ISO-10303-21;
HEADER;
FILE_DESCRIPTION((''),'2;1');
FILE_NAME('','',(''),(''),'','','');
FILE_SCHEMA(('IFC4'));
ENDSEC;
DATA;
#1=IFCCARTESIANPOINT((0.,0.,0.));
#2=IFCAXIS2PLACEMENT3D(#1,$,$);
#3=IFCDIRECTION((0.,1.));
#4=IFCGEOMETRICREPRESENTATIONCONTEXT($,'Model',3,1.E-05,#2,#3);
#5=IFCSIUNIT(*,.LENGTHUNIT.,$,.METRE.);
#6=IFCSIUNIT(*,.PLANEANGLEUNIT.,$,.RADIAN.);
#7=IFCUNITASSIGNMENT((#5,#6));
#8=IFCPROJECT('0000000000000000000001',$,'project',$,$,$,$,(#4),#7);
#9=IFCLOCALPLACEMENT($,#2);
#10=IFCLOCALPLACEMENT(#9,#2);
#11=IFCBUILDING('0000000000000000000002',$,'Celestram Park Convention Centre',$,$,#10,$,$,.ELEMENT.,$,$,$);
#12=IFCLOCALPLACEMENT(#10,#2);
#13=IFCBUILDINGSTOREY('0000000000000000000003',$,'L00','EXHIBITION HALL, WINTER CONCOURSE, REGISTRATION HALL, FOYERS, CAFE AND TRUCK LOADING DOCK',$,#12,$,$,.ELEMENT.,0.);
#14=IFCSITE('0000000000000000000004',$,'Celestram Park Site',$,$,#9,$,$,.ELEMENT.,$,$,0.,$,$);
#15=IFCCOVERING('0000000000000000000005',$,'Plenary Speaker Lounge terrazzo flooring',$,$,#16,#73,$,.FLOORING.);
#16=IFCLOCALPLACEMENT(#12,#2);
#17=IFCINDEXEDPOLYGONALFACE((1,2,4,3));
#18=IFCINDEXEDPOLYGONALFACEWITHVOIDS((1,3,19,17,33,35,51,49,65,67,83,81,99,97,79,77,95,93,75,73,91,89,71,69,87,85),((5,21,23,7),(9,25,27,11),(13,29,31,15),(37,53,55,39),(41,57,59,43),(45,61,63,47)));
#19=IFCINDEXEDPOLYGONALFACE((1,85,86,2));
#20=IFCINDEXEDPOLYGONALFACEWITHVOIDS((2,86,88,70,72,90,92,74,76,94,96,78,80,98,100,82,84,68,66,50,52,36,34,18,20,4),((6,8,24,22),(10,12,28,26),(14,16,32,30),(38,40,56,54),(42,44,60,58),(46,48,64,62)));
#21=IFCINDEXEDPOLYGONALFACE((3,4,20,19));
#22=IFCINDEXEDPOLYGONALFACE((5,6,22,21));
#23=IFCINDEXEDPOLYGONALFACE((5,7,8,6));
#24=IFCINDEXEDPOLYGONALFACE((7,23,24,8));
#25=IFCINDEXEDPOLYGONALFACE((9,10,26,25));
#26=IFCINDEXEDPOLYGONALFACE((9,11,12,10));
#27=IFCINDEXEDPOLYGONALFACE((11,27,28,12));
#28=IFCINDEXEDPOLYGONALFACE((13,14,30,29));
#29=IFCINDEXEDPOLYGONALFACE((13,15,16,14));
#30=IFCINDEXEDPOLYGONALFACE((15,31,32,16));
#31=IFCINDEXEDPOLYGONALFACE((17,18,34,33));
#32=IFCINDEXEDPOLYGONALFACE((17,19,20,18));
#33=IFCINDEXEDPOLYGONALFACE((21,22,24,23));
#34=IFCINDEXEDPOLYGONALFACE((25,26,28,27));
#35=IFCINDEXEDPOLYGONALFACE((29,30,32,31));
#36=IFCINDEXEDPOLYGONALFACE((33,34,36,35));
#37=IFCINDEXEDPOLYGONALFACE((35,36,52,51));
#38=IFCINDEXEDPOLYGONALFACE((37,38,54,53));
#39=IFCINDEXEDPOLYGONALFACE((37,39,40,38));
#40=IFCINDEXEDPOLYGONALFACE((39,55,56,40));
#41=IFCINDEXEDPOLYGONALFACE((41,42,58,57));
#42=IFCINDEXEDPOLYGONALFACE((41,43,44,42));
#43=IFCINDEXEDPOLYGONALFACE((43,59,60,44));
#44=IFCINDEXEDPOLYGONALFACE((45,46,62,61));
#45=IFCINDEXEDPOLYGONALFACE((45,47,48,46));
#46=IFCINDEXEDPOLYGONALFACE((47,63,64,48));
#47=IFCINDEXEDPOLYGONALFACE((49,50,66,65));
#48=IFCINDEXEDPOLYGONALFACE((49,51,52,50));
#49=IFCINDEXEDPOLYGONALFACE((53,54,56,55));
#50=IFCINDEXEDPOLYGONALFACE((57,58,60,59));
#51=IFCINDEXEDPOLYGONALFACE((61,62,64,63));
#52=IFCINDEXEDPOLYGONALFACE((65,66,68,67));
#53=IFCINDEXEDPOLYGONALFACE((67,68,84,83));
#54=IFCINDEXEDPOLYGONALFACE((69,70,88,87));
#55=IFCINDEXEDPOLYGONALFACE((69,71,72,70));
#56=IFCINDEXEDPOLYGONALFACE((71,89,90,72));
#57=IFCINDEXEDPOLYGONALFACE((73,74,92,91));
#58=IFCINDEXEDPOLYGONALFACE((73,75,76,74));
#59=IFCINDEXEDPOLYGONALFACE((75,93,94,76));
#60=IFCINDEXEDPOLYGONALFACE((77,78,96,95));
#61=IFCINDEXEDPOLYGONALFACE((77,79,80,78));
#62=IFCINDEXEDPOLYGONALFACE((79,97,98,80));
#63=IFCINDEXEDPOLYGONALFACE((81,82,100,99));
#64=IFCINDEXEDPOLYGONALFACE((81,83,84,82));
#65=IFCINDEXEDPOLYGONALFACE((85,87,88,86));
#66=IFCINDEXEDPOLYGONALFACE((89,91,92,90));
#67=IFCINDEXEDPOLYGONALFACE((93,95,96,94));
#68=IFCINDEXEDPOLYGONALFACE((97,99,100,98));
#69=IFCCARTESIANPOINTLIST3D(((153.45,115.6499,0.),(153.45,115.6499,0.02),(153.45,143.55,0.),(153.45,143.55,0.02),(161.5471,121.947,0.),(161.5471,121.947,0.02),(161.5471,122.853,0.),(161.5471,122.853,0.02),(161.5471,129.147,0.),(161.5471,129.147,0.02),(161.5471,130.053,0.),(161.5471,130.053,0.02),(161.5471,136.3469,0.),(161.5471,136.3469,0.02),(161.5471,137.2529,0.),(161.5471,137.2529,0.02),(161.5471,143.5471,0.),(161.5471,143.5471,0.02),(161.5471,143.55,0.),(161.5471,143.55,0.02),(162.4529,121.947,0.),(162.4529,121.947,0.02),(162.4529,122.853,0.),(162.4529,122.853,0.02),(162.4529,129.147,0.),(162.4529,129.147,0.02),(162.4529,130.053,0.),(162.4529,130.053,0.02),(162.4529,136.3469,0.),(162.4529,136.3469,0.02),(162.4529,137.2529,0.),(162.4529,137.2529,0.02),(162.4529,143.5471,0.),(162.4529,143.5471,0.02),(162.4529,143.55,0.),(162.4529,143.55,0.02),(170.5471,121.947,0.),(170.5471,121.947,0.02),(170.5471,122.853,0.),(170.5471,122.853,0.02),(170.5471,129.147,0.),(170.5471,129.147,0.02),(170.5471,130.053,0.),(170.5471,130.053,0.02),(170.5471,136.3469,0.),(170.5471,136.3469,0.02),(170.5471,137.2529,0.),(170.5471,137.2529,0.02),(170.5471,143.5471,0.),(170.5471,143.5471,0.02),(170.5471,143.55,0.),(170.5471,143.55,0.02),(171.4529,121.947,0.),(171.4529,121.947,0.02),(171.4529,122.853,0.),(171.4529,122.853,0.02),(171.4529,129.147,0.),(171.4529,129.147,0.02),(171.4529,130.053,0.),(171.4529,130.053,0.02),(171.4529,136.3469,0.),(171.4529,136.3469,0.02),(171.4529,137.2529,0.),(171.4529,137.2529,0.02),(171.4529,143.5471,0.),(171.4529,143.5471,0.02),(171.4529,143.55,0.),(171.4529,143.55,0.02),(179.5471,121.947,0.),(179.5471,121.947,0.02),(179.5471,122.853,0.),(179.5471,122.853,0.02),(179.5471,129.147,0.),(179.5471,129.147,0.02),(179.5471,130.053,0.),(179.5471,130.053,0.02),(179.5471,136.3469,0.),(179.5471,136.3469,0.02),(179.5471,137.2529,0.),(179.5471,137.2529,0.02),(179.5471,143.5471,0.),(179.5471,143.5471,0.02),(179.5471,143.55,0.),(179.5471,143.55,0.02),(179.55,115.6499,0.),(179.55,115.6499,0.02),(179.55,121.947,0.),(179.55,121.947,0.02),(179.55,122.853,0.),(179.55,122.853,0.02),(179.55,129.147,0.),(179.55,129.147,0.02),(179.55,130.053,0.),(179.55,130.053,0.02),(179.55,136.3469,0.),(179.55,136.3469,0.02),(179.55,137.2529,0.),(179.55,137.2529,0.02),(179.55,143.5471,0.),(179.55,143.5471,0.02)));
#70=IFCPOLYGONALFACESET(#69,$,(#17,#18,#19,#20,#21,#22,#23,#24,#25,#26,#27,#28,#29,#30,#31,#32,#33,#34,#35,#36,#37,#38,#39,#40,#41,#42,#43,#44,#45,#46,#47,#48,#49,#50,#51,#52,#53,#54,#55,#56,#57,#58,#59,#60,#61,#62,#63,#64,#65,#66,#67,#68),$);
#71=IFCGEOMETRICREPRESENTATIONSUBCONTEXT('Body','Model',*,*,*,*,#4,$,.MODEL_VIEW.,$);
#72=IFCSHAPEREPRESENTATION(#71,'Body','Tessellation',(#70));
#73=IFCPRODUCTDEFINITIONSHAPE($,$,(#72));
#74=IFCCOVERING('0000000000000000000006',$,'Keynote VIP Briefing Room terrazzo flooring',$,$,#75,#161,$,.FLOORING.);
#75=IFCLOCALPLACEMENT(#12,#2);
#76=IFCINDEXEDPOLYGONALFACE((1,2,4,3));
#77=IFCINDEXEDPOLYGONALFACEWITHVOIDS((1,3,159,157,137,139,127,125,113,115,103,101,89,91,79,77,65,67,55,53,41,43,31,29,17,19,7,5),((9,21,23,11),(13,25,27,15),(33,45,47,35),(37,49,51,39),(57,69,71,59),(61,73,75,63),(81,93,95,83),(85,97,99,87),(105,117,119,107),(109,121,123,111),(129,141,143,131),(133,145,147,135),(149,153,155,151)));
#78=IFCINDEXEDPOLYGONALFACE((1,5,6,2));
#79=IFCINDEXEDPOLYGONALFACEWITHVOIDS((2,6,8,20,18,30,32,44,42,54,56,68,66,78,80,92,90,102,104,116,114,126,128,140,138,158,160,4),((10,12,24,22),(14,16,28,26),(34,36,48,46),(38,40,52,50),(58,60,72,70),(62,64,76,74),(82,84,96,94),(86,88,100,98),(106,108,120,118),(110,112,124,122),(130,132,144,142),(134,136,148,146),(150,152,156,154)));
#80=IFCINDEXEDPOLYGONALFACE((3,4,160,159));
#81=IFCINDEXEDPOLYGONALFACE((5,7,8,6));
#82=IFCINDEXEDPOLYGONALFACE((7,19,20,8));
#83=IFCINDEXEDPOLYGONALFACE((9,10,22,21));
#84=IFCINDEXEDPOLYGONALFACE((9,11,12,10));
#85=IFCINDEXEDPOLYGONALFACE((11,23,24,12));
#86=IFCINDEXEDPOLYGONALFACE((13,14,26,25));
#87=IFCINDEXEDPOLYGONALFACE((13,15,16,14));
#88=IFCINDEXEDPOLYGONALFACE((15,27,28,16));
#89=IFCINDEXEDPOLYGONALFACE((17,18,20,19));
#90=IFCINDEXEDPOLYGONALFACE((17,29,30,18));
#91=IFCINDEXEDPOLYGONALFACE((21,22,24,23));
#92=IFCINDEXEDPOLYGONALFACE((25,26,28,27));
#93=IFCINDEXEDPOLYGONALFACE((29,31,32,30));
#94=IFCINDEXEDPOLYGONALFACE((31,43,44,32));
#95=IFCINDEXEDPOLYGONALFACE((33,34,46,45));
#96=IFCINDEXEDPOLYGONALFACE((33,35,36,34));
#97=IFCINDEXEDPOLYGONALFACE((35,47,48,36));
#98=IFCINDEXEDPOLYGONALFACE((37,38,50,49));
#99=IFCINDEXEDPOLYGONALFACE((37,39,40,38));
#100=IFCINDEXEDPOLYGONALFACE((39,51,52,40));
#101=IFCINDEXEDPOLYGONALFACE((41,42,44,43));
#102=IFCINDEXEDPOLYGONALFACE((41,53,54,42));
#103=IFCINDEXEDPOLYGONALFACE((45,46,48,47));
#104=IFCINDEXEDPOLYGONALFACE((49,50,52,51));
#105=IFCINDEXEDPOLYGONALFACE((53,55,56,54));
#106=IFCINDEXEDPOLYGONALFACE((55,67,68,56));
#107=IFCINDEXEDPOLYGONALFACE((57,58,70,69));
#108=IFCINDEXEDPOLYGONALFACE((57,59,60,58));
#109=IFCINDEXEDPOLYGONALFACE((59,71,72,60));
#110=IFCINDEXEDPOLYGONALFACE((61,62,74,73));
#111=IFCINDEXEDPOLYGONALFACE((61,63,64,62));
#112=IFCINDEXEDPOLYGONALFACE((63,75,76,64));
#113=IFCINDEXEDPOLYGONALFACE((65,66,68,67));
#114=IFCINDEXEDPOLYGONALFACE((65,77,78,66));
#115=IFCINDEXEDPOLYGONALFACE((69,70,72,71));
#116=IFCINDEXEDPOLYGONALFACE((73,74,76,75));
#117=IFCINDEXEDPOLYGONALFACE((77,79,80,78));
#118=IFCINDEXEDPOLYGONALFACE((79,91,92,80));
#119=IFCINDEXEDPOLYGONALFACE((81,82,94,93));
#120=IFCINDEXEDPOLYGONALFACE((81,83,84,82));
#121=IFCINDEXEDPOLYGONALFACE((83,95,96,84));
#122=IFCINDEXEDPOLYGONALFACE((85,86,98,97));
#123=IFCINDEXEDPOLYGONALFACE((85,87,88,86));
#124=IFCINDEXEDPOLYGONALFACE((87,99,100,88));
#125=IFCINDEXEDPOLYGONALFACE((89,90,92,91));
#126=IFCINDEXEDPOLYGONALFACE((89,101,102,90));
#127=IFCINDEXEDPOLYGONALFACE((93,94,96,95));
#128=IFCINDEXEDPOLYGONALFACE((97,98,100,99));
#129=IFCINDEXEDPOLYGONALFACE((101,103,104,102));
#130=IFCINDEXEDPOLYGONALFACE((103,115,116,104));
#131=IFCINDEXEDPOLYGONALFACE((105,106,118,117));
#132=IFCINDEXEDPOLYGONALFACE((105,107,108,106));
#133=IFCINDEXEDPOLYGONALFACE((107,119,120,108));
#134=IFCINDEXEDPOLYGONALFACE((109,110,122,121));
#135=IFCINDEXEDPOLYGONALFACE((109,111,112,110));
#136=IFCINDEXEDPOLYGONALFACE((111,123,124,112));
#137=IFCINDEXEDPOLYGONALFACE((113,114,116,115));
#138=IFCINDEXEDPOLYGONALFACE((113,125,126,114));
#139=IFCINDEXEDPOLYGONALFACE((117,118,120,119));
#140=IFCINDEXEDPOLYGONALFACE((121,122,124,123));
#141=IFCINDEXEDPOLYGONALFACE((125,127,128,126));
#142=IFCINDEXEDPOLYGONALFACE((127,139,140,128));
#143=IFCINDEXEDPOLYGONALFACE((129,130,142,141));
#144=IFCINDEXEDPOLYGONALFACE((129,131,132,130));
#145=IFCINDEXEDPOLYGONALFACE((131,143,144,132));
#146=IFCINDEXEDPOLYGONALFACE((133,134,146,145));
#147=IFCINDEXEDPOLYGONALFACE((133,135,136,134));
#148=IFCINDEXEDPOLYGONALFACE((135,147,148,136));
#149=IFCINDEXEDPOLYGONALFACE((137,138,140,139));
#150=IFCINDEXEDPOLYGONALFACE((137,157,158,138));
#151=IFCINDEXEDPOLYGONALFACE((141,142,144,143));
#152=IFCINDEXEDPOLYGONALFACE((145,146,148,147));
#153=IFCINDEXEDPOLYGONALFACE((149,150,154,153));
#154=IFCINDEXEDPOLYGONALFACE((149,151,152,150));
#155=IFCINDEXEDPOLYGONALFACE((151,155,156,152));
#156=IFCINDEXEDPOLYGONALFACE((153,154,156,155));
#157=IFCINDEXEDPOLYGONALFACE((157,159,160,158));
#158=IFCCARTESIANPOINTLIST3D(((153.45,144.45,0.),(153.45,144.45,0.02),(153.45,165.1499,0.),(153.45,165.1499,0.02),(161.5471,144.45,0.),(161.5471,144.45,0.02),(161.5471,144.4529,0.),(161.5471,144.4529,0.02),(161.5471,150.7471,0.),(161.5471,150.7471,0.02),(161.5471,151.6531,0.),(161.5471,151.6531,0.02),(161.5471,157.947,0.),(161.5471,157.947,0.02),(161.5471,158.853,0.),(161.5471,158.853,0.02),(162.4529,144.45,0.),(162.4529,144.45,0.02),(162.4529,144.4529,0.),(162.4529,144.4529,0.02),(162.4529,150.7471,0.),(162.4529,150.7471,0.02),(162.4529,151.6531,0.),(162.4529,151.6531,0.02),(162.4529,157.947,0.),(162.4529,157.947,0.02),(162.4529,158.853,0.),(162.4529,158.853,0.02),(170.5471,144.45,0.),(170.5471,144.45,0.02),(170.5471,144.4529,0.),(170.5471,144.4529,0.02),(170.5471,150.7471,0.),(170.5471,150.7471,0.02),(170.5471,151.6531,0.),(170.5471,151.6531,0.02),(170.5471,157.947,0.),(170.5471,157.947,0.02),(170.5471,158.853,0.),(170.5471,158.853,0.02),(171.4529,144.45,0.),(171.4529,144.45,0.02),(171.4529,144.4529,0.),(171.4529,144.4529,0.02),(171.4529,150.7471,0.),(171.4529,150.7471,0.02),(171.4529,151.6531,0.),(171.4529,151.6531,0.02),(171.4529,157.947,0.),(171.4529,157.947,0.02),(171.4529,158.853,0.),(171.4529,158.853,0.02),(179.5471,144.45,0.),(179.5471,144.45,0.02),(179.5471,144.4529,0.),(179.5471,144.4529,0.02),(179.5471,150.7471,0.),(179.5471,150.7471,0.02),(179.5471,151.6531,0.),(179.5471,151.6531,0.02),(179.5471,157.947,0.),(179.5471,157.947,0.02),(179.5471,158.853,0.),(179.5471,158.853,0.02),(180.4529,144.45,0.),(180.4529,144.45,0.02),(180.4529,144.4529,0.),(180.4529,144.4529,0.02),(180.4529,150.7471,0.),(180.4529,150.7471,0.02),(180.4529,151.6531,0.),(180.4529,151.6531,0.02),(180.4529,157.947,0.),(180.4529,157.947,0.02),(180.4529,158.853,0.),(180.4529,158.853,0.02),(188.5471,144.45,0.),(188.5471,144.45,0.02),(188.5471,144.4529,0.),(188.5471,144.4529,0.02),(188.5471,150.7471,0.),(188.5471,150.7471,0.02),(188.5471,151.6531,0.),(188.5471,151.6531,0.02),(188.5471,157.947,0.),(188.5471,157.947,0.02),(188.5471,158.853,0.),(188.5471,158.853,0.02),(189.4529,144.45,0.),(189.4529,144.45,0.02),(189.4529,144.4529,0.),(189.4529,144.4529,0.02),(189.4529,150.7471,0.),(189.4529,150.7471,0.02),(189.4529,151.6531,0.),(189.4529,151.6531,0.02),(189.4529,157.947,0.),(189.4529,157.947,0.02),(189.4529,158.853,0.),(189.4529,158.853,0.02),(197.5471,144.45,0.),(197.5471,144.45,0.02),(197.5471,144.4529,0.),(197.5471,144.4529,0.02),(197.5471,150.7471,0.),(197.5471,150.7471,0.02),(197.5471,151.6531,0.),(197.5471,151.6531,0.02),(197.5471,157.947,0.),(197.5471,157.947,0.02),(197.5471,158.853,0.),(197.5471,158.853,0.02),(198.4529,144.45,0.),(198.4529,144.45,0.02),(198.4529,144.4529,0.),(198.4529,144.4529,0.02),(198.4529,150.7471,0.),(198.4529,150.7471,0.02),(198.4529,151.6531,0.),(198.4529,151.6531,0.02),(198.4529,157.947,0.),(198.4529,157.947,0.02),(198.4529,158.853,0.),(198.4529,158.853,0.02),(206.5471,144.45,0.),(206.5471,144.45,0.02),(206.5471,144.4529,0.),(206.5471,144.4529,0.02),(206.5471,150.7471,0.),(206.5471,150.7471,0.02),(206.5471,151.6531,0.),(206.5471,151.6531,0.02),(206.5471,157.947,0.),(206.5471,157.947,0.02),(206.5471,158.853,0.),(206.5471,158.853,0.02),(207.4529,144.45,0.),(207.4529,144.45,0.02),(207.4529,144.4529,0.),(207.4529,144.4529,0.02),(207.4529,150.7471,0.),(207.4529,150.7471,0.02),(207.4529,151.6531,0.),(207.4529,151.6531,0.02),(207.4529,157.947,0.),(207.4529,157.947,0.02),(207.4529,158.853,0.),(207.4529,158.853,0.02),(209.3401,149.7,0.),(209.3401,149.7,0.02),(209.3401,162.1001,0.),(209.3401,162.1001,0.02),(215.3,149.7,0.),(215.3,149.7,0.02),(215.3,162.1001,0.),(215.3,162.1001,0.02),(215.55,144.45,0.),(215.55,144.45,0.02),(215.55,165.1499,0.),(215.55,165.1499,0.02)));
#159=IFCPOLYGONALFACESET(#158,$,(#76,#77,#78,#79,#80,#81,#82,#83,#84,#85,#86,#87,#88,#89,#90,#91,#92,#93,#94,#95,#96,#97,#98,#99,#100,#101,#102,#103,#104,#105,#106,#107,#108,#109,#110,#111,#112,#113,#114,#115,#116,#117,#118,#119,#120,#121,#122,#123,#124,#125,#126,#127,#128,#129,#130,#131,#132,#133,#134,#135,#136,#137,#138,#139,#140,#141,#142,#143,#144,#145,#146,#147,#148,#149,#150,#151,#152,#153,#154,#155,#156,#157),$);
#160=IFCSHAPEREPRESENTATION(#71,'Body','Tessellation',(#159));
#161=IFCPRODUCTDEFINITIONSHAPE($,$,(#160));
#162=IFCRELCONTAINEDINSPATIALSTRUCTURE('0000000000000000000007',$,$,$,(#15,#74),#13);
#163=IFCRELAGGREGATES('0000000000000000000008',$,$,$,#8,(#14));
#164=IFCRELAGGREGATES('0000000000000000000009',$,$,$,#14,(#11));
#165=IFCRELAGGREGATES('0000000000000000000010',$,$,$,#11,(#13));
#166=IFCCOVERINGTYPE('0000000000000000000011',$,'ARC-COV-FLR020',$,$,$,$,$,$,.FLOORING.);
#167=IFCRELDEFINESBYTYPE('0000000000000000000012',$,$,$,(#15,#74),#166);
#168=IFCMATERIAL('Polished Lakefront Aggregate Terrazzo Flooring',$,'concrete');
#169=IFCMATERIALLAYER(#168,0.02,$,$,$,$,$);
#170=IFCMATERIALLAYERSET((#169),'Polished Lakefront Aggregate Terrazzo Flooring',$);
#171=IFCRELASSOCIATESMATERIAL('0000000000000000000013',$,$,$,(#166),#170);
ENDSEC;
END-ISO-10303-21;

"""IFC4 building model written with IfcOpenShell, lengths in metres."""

from ifc_helpers import new_model, si_unit, direction, origin, place, context, subcontext, project, spatial, polyline, outline, extrude, material, layer, layer_set, type_object, element, save


model = new_model("IFC4")

# Units and contexts
model_context = context("Model", 3, precision=1e-05, world=origin(), true_north=direction((0.0, 1.0)))
body_context = subcontext(model_context, "Body", "Model", "MODEL_VIEW")
ifc_project = project(units=[si_unit("LENGTHUNIT", "METRE"), si_unit("PLANEANGLEUNIT", "RADIAN")], contexts=[model_context])

# Site, building, storey
site_placement = place(None, origin())
site = spatial("IfcSite", under=ifc_project, at=site_placement, Name="Celestram Park Site", CompositionType="ELEMENT", RefElevation=0.0)
building_placement = place(site_placement, origin())
building = spatial("IfcBuilding", under=site, at=building_placement, Name="Celestram Park Convention Centre", CompositionType="ELEMENT")
storey_placement = place(building_placement, origin())
storey = spatial("IfcBuildingStorey", under=building, at=storey_placement, Name="L00", Description="EXHIBITION HALL, WINTER CONCOURSE, REGISTRATION HALL, FOYERS, CAFE AND TRUCK LOADING DOCK", CompositionType="ELEMENT", Elevation=0.0)

# Coverings
ifc_material_1 = material(Name="Polished Lakefront Aggregate Terrazzo Flooring", Category="concrete")
ifc_layer_1 = layer(ifc_material_1, 0.02)
ifc_layer_set_1 = layer_set([ifc_layer_1], Name="Polished Lakefront Aggregate Terrazzo Flooring")
covering_type = type_object("IfcCoveringType", Name="ARC-COV-FLR020", PredefinedType="FLOORING", material=ifc_layer_set_1)
covering_1_placement = place(storey_placement, origin())
element("IfcCovering", 1, at=covering_1_placement, inside=storey, type_object=covering_type, Name="Plenary Speaker Lounge terrazzo flooring", PredefinedType="FLOORING", context=body_context, shape_type="SweptSolid", body=[
    extrude(outline(polyline([(161.5471, 143.55), (161.5471, 143.5471), (162.4529, 143.5471), (162.4529, 143.55), (170.5471, 143.55), (170.5471, 143.5471), (171.4529, 143.5471), (171.4529, 143.55), (179.5471, 143.55), (179.5471, 143.5471), (179.55, 143.5471), (179.55, 137.2529), (179.5471, 137.2529), (179.5471, 136.3469), (179.55, 136.3469), (179.55, 130.053), (179.5471, 130.053), (179.5471, 129.147), (179.55, 129.147), (179.55, 122.853), (179.5471, 122.853), (179.5471, 121.947), (179.55, 121.947), (179.55, 115.6499), (153.45, 115.6499), (153.45, 143.55), (161.5471, 143.55)]), holes=[polyline([(171.4529, 122.853), (170.5471, 122.853), (170.5471, 121.947), (171.4529, 121.947), (171.4529, 122.853)]), polyline([(162.4529, 122.853), (161.5471, 122.853), (161.5471, 121.947), (162.4529, 121.947), (162.4529, 122.853)]), polyline([(171.4529, 130.053), (170.5471, 130.053), (170.5471, 129.147), (171.4529, 129.147), (171.4529, 130.053)]), polyline([(162.4529, 129.147), (162.4529, 130.053), (161.5471, 130.053), (161.5471, 129.147), (162.4529, 129.147)]), polyline([(171.4529, 137.2529), (170.5471, 137.2529), (170.5471, 136.3469), (171.4529, 136.3469), (171.4529, 137.2529)]), polyline([(162.4529, 137.2529), (161.5471, 137.2529), (161.5471, 136.3469), (162.4529, 136.3469), (162.4529, 137.2529)])]), origin(), (0.0, 0.0, 1.0), 0.02),
])
covering_2_placement = place(storey_placement, origin())
element("IfcCovering", 2, at=covering_2_placement, inside=storey, type_object=covering_type, Name="Keynote VIP Briefing Room terrazzo flooring", PredefinedType="FLOORING", context=body_context, shape_type="SweptSolid", body=[
    extrude(outline(polyline([(215.55, 165.1499), (215.55, 144.45), (207.4529, 144.45), (207.4529, 144.4529), (206.5471, 144.4529), (206.5471, 144.45), (198.4529, 144.45), (198.4529, 144.4529), (197.5471, 144.4529), (197.5471, 144.45), (189.4529, 144.45), (189.4529, 144.4529), (188.5471, 144.4529), (188.5471, 144.45), (180.4529, 144.45), (180.4529, 144.4529), (179.5471, 144.4529), (179.5471, 144.45), (171.4529, 144.45), (171.4529, 144.4529), (170.5471, 144.4529), (170.5471, 144.45), (162.4529, 144.45), (162.4529, 144.4529), (161.5471, 144.4529), (161.5471, 144.45), (153.45, 144.45), (153.45, 165.1499), (215.55, 165.1499)]), holes=[polyline([(215.3, 162.1001), (209.3401, 162.1001), (209.3401, 149.7), (215.3, 149.7), (215.3, 162.1001)]), polyline([(162.4529, 151.6531), (161.5471, 151.6531), (161.5471, 150.7471), (162.4529, 150.7471), (162.4529, 151.6531)]), polyline([(180.4529, 150.7471), (180.4529, 151.6531), (179.5471, 151.6531), (179.5471, 150.7471), (180.4529, 150.7471)]), polyline([(171.4529, 151.6531), (170.5471, 151.6531), (170.5471, 150.7471), (171.4529, 150.7471), (171.4529, 151.6531)]), polyline([(180.4529, 158.853), (179.5471, 158.853), (179.5471, 157.947), (180.4529, 157.947), (180.4529, 158.853)]), polyline([(171.4529, 158.853), (170.5471, 158.853), (170.5471, 157.947), (171.4529, 157.947), (171.4529, 158.853)]), polyline([(162.4529, 157.947), (162.4529, 158.853), (161.5471, 158.853), (161.5471, 157.947), (162.4529, 157.947)]), polyline([(207.4529, 151.6531), (206.5471, 151.6531), (206.5471, 150.7471), (207.4529, 150.7471), (207.4529, 151.6531)]), polyline([(198.4529, 151.6531), (197.5471, 151.6531), (197.5471, 150.7471), (198.4529, 150.7471), (198.4529, 151.6531)]), polyline([(189.4529, 151.6531), (188.5471, 151.6531), (188.5471, 150.7471), (189.4529, 150.7471), (189.4529, 151.6531)]), polyline([(207.4529, 157.947), (207.4529, 158.853), (206.5471, 158.853), (206.5471, 157.947), (207.4529, 157.947)]), polyline([(189.4529, 158.853), (188.5471, 158.853), (188.5471, 157.947), (189.4529, 157.947), (189.4529, 158.853)]), polyline([(198.4529, 157.947), (198.4529, 158.853), (197.5471, 158.853), (197.5471, 157.947), (198.4529, 157.947)])]), origin(), (0.0, 0.0, 1.0), 0.02),
])

save(model, "model.ifc")
